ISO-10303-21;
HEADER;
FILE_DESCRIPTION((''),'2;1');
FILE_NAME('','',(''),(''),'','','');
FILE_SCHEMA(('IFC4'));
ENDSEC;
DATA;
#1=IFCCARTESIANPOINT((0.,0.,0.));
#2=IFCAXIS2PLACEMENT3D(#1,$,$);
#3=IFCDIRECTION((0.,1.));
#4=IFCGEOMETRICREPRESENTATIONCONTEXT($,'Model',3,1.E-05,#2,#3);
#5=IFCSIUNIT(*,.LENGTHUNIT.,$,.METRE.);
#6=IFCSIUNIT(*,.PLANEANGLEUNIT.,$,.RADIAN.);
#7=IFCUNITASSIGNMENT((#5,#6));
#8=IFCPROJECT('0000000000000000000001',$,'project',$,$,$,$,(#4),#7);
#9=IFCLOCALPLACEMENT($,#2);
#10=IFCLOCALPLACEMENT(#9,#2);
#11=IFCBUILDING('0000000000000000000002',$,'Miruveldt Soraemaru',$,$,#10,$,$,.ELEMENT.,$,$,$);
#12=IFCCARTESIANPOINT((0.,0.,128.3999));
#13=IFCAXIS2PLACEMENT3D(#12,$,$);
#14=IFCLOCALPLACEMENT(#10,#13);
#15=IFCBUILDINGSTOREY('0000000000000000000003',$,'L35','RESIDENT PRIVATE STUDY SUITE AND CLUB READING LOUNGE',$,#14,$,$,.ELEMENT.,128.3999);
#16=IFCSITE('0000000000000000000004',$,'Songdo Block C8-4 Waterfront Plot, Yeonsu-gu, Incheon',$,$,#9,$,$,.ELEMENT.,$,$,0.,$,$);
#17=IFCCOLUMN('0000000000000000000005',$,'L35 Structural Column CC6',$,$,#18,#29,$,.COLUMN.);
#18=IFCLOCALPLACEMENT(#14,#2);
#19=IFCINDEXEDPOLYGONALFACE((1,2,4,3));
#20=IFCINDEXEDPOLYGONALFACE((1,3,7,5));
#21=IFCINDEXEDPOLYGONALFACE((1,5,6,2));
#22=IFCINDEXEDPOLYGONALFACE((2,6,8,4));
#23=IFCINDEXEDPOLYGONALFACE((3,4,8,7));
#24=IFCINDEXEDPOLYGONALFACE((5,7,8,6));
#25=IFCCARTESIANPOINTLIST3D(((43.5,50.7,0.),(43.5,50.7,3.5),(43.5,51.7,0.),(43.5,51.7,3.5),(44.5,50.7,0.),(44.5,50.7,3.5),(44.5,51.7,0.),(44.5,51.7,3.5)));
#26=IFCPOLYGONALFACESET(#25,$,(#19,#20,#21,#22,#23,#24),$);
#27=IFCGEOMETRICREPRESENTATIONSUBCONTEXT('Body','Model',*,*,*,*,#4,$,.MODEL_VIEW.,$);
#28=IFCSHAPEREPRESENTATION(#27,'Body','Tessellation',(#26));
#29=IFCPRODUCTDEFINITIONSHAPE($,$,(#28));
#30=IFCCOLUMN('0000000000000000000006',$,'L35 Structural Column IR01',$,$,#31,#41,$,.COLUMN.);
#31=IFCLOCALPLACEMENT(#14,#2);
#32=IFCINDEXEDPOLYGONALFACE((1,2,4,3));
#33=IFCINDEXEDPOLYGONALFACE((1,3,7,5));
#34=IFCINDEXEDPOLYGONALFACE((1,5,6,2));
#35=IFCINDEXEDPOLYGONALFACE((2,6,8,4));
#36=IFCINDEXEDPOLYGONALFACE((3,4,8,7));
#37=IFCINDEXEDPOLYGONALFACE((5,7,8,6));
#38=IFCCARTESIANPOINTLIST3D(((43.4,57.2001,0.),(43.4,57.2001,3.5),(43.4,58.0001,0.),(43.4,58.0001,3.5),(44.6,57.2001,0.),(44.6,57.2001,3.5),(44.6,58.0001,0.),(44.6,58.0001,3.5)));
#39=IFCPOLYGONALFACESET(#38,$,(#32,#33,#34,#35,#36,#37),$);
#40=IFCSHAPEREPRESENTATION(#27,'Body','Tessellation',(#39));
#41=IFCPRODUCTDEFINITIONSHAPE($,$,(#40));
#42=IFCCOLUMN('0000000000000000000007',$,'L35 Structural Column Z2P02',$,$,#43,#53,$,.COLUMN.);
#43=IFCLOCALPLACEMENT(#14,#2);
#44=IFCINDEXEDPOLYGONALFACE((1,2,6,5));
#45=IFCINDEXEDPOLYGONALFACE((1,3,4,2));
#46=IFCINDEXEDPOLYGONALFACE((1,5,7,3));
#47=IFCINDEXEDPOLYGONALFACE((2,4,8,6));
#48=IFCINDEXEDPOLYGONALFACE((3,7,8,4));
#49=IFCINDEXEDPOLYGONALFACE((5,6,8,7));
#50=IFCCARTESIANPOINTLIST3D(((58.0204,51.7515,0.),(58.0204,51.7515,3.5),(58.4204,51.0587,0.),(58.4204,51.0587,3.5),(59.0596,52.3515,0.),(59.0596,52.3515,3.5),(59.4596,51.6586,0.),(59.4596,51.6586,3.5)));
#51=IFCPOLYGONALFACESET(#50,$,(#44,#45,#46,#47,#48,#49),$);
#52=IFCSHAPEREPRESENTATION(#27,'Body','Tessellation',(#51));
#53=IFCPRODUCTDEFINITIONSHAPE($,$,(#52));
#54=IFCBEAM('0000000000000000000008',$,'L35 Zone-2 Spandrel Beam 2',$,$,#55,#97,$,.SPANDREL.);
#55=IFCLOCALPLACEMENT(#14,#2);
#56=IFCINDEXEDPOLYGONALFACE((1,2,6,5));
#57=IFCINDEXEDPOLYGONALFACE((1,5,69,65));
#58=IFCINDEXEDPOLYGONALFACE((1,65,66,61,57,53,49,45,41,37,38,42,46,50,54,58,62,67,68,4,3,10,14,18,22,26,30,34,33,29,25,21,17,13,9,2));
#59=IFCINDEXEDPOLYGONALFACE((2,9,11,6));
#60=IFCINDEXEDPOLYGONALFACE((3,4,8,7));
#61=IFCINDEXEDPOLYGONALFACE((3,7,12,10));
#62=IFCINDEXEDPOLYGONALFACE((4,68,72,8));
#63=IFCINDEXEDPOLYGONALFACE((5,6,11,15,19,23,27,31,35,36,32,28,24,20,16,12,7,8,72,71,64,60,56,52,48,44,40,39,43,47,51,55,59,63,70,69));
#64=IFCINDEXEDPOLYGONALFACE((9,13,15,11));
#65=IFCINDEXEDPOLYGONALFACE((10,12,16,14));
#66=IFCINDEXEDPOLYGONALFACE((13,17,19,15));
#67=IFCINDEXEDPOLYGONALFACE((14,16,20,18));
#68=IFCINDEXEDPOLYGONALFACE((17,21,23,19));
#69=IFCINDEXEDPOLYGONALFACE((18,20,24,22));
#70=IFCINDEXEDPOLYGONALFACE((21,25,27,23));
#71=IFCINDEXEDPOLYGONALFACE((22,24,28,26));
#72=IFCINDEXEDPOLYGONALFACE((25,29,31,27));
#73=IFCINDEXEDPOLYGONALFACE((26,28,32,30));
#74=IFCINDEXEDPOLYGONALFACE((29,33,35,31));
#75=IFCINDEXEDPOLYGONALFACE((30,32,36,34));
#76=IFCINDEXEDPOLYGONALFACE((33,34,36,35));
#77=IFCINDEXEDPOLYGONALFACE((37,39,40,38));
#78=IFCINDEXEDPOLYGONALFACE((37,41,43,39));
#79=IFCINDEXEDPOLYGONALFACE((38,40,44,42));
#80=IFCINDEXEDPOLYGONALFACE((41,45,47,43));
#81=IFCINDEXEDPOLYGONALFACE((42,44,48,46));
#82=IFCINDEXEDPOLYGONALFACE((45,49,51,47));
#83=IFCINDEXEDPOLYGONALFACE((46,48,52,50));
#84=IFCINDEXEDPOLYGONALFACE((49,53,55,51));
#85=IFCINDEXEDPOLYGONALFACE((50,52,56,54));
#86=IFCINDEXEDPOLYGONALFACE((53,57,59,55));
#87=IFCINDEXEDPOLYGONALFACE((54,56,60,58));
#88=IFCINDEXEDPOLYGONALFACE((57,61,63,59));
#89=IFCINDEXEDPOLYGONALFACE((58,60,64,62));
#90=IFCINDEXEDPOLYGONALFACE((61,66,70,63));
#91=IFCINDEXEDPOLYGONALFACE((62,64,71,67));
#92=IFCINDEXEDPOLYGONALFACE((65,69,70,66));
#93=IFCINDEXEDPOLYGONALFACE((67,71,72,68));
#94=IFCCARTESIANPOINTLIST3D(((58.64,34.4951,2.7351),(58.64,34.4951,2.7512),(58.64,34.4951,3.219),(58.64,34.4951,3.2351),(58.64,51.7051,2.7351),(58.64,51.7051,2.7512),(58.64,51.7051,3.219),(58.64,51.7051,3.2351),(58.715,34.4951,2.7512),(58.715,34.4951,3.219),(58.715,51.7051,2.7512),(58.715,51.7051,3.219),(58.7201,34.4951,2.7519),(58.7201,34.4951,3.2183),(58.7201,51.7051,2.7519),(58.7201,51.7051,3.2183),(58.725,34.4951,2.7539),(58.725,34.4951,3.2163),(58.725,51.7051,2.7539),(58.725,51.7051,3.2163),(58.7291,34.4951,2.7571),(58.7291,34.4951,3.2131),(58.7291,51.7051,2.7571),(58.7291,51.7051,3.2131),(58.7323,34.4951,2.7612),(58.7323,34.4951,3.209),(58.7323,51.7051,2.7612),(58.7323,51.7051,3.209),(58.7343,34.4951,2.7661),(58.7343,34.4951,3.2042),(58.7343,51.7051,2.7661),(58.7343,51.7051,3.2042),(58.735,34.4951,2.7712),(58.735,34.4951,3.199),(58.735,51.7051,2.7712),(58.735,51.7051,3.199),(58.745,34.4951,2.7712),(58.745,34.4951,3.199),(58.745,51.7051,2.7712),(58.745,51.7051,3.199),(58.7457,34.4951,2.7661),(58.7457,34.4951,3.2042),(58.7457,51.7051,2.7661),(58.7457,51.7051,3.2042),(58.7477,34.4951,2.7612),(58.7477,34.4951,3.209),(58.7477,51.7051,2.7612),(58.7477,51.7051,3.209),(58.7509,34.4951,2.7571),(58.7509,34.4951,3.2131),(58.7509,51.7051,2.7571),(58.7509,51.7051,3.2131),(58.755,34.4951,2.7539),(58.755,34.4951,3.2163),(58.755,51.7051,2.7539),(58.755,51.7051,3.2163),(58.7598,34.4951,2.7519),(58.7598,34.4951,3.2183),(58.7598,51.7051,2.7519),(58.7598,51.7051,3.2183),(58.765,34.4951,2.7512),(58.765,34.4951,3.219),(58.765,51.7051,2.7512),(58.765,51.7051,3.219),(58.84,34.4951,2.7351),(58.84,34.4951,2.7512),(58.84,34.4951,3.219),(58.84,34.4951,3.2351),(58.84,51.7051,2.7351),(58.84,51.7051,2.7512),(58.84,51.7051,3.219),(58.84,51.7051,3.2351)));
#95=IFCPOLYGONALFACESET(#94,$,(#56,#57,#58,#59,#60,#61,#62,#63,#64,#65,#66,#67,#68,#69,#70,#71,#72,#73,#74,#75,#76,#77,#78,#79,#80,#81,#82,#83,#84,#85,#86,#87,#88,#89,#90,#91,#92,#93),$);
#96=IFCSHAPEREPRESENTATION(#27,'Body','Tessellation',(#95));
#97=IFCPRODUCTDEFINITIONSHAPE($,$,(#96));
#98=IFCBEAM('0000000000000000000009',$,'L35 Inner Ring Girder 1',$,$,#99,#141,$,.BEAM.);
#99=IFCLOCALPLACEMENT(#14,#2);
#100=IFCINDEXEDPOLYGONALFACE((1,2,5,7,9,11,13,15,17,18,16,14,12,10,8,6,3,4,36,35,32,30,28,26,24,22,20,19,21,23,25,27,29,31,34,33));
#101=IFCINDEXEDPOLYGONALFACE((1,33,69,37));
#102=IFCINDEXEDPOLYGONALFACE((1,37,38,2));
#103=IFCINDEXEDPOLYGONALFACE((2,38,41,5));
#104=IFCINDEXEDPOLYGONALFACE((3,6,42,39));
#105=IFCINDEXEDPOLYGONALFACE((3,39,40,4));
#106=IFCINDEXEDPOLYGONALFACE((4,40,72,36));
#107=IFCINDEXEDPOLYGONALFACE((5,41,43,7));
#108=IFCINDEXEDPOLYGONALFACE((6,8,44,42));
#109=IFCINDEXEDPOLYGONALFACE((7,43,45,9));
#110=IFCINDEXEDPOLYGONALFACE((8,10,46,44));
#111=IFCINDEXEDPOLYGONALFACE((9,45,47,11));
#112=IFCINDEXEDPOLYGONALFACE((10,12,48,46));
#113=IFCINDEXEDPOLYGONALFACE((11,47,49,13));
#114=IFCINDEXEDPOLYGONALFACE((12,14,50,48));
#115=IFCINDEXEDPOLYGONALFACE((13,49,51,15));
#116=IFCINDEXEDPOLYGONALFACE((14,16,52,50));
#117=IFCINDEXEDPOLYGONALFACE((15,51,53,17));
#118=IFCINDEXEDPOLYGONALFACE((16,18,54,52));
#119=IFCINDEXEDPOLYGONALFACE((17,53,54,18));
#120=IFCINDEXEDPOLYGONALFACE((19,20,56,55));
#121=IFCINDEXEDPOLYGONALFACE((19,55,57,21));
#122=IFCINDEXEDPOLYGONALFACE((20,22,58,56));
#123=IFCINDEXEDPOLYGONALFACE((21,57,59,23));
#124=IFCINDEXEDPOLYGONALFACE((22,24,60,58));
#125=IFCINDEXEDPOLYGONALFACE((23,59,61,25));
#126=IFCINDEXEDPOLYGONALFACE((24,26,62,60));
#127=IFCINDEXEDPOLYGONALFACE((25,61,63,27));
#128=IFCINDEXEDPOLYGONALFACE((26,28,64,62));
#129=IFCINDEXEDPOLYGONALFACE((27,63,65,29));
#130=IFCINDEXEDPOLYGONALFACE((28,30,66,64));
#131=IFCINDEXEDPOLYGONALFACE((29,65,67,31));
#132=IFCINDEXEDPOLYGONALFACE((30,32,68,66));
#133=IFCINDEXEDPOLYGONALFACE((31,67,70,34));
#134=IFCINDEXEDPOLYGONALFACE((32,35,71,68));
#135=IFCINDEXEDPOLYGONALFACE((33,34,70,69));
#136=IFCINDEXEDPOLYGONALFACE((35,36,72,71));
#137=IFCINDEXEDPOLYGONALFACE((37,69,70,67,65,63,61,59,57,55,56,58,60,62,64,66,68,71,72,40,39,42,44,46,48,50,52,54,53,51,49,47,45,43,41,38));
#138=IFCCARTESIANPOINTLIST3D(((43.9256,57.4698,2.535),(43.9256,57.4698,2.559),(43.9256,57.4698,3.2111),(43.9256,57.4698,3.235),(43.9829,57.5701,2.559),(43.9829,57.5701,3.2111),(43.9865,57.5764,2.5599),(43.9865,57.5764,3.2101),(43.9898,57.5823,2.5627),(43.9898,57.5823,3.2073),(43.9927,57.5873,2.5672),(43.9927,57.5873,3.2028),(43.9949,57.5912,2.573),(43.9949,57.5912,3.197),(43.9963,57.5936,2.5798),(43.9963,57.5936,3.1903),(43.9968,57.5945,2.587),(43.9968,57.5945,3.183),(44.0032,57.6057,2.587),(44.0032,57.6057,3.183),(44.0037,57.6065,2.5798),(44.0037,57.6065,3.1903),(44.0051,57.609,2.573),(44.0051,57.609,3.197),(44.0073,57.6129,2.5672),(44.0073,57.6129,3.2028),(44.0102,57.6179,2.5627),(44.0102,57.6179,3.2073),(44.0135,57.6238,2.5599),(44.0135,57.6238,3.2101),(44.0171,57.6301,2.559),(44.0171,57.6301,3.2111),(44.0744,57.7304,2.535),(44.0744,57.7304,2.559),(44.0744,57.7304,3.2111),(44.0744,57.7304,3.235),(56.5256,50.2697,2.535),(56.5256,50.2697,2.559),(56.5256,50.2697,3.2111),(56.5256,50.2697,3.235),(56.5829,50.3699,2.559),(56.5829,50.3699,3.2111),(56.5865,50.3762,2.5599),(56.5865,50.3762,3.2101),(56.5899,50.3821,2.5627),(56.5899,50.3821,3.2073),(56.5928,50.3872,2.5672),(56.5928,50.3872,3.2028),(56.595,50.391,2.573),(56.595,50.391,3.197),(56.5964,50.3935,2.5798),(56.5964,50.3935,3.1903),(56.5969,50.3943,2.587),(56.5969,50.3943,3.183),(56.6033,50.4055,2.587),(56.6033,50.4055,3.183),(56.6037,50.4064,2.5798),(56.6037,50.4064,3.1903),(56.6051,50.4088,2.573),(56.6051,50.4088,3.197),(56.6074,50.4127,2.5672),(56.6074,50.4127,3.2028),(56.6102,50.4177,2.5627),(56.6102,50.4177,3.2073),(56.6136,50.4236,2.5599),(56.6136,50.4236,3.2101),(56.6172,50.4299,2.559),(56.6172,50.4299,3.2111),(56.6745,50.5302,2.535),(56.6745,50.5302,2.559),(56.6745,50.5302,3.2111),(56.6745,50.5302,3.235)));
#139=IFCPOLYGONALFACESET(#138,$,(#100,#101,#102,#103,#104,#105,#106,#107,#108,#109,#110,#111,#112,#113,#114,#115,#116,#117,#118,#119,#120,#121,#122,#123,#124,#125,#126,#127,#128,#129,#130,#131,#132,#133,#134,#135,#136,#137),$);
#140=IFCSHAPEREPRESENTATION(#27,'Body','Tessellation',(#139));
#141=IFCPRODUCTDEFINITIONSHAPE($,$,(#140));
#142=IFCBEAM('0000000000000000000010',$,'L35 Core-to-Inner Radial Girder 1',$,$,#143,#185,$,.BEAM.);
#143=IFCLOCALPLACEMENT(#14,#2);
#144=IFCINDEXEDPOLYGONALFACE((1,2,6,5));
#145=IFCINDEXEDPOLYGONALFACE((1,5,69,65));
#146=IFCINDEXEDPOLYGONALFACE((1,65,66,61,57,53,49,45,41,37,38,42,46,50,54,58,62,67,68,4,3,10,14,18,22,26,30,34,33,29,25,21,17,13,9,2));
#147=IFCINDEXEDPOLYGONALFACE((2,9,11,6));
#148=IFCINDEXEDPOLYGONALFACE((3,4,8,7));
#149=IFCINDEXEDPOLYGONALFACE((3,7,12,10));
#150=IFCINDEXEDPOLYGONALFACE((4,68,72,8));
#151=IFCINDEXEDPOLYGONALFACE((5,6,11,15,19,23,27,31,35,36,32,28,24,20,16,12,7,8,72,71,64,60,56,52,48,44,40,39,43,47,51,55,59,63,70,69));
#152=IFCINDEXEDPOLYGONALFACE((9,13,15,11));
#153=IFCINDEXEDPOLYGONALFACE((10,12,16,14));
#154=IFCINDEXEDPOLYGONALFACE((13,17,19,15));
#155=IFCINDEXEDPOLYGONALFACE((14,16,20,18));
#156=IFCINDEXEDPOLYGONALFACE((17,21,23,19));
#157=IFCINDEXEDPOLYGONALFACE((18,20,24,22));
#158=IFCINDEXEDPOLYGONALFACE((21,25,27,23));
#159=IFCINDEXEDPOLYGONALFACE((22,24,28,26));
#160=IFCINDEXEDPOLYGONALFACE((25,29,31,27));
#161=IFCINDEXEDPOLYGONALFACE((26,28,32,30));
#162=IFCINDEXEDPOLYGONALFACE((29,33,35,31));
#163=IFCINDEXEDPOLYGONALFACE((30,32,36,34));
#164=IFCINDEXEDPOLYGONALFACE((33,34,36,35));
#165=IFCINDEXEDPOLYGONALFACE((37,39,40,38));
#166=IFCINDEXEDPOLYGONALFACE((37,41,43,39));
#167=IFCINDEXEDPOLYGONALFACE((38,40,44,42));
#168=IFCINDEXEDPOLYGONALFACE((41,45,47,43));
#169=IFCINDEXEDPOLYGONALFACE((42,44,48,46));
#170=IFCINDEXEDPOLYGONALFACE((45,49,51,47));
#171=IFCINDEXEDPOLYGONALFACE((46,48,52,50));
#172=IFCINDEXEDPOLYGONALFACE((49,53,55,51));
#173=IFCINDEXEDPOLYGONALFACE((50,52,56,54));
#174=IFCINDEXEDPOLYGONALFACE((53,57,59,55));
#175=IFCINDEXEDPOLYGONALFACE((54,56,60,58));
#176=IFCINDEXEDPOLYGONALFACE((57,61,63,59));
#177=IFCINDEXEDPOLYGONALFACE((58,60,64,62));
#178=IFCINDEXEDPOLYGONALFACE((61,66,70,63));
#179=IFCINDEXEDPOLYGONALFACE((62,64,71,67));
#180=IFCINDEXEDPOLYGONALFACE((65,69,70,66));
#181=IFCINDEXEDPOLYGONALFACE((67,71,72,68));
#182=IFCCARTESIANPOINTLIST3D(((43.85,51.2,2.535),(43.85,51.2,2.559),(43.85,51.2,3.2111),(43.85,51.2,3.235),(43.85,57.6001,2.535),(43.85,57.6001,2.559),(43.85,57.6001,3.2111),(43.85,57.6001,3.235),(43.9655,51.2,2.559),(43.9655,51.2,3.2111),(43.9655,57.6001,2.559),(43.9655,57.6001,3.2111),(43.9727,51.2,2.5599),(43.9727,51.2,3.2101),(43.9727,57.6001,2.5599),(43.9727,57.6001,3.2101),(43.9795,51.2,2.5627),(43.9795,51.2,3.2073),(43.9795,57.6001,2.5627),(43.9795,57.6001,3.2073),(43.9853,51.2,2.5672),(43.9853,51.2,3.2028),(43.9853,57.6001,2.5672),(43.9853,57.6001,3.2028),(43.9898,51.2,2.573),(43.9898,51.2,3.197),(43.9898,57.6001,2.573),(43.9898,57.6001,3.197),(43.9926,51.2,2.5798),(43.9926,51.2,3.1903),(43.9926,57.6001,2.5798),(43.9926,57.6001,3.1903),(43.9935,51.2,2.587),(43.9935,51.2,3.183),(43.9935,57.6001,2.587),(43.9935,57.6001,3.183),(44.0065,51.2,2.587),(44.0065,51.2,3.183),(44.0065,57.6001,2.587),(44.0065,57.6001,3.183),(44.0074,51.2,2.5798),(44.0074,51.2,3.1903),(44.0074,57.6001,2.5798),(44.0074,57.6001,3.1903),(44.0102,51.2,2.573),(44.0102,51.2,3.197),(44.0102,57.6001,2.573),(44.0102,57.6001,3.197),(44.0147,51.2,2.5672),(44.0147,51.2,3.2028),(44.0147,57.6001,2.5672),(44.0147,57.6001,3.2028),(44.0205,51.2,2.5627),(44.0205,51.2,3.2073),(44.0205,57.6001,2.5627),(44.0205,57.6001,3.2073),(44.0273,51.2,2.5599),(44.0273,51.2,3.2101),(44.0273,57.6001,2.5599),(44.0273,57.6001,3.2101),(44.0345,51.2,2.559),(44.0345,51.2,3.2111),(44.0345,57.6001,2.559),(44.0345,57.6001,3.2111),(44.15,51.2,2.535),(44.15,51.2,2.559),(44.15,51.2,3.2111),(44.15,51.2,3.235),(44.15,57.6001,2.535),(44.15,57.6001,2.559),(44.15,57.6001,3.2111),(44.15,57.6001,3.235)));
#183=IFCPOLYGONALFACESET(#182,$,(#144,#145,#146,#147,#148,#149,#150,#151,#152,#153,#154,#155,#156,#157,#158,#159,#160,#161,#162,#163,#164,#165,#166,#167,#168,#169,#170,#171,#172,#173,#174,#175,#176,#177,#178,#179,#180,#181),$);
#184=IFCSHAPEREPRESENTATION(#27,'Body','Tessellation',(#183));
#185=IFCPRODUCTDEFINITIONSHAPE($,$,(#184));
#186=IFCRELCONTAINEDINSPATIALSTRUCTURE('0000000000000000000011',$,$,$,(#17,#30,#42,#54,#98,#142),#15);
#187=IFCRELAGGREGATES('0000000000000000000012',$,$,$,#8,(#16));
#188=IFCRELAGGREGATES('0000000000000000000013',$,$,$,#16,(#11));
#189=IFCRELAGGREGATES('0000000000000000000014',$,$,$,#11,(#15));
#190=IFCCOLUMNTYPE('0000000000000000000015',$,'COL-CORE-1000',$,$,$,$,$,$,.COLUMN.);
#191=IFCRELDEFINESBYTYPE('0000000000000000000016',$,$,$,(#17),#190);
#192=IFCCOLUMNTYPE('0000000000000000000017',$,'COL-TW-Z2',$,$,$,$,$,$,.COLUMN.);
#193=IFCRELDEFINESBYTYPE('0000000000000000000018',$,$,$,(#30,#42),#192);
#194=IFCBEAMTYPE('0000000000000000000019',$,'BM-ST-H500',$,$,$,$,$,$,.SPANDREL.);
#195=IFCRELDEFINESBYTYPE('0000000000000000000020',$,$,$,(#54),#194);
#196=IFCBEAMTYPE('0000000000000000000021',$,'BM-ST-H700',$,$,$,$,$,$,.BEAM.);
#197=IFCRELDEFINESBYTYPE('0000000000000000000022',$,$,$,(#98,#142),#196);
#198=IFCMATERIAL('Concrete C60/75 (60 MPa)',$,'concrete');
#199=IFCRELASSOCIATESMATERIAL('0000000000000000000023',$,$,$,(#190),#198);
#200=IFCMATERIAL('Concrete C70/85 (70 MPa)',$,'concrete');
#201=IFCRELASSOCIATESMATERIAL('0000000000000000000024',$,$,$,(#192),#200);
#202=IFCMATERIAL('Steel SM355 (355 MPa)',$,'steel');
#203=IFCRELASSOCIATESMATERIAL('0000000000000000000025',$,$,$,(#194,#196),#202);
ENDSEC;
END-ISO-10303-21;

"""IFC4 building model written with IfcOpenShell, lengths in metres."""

from ifc_helpers import new_model, si_unit, direction, frame, origin, origin_2d, place, context, subcontext, project, spatial, rectangle, i_section, extrude, material, material_profile, profile_set, type_object, element, save


model = new_model("IFC4")

# Units and contexts
model_context = context("Model", 3, precision=1e-05, world=origin(), true_north=direction((0.0, 1.0)))
body_context = subcontext(model_context, "Body", "Model", "MODEL_VIEW")
ifc_project = project(units=[si_unit("LENGTHUNIT", "METRE"), si_unit("PLANEANGLEUNIT", "RADIAN")], contexts=[model_context])

# Site, building, storey
site_placement = place(None, origin())
site = spatial("IfcSite", under=ifc_project, at=site_placement, Name="Songdo Block C8-4 Waterfront Plot, Yeonsu-gu, Incheon", CompositionType="ELEMENT", RefElevation=0.0)
building_placement = place(site_placement, origin())
building = spatial("IfcBuilding", under=site, at=building_placement, Name="Miruveldt Soraemaru", CompositionType="ELEMENT")
storey_placement = place(building_placement, frame((0.0, 0.0, 128.3999)))
storey = spatial("IfcBuildingStorey", under=building, at=storey_placement, Name="L35", Description="RESIDENT PRIVATE STUDY SUITE AND CLUB READING LOUNGE", CompositionType="ELEMENT", Elevation=128.3999)

# Columns
ifc_material_1 = material(Name="Concrete C60/75 (60 MPa)", Category="concrete")
ifc_material_profile_1 = material_profile(ifc_material_1, rectangle(XDim=1.0, YDim=1.0, at=origin_2d()), Name="Concrete C60/75 (60 MPa)", Category="concrete")
ifc_profile_set_1 = profile_set([ifc_material_profile_1], Name="Concrete C60/75 (60 MPa)")
column_type_1 = type_object("IfcColumnType", Name="COL-CORE-1000", PredefinedType="COLUMN", material=ifc_profile_set_1)
column_placement = place(storey_placement, frame((44.0, 51.2, 0.0), z_axis=(0.0, 0.0, 1.0), x_axis=(1.0, 0.0, 0.0)))
element("IfcColumn", 1, at=column_placement, inside=storey, type_object=column_type_1, Name="L35 Structural Column CC6", PredefinedType="COLUMN", context=body_context, shape_type="SweptSolid", body=[
    extrude(rectangle(XDim=1.0, YDim=1.0, at=origin_2d()), origin(), (0.0, 0.0, 1.0), 3.5),
])
ifc_material_2 = material(Name="Concrete C70/85 (70 MPa)", Category="concrete")
ifc_material_profile_2 = material_profile(ifc_material_2, rectangle(XDim=1.2, YDim=0.8, at=origin_2d()), Name="Concrete C70/85 (70 MPa)", Category="concrete")
ifc_profile_set_2 = profile_set([ifc_material_profile_2], Name="Concrete C70/85 (70 MPa)")
column_type_2 = type_object("IfcColumnType", Name="COL-TW-Z2", PredefinedType="COLUMN", material=ifc_profile_set_2)
for number, where, z_axis, x_axis, name in (
    (2, (44.0, 57.6001, 0.0), (0.0, 0.0, 1.0), (1.0, 0.0, 0.0), "L35 Structural Column IR01"),
    (3, (58.74, 51.7051, 0.0), (0.0, 0.0, 1.0), (0.866025, 0.5, 0.0), "L35 Structural Column Z2P02"),
):
    element("IfcColumn", number, at=place(storey_placement, frame(where, z_axis=z_axis, x_axis=x_axis)), inside=storey, type_object=column_type_2, Name=name, PredefinedType="COLUMN", context=body_context, shape_type="SweptSolid", body=[
        extrude(rectangle(XDim=1.2, YDim=0.8, at=origin_2d()), origin(), (0.0, 0.0, 1.0), 3.5),
    ])

# Beams
ifc_material_3 = material(Name="Steel SM355 (355 MPa)", Category="steel")
ifc_material_profile_3 = material_profile(ifc_material_3, i_section(OverallWidth=0.2, OverallDepth=0.5, WebThickness=0.01, FlangeThickness=0.0161, FilletRadius=0.02, at=origin_2d()), Name="Steel SM355 (355 MPa)", Category="steel")
ifc_profile_set_3 = profile_set([ifc_material_profile_3], Name="Steel SM355 (355 MPa)")
beam_type_1 = type_object("IfcBeamType", Name="BM-ST-H500", PredefinedType="SPANDREL", material=ifc_profile_set_3)
beam_1_placement = place(storey_placement, frame((58.74, 51.7051, 2.9851), z_axis=(0.0, -1.0, 0.0), x_axis=(1.0, 0.0, 0.0)))
element("IfcBeam", 4, at=beam_1_placement, inside=storey, type_object=beam_type_1, Name="L35 Zone-2 Spandrel Beam 2", PredefinedType="SPANDREL", context=body_context, shape_type="SweptSolid", body=[
    extrude(i_section(OverallWidth=0.2, OverallDepth=0.5, WebThickness=0.01, FlangeThickness=0.0161, FilletRadius=0.02, at=origin_2d()), origin(), (0.0, 0.0, 1.0), 17.21),
])
ifc_material_profile_4 = material_profile(ifc_material_3, i_section(OverallWidth=0.3, OverallDepth=0.7, WebThickness=0.0129, FlangeThickness=0.0239, FilletRadius=0.0281, at=origin_2d()), Name="Steel SM355 (355 MPa)", Category="steel")
ifc_profile_set_4 = profile_set([ifc_material_profile_4], Name="Steel SM355 (355 MPa)")
beam_type_2 = type_object("IfcBeamType", Name="BM-ST-H700", PredefinedType="BEAM", material=ifc_profile_set_4)
beam_2_placement = place(storey_placement, frame((44.0, 57.6001, 2.885), z_axis=(0.868239, -0.496146, 0.0), x_axis=(0.496146, 0.868239, 0.0)))
element("IfcBeam", 5, at=beam_2_placement, inside=storey, type_object=beam_type_2, Name="L35 Inner Ring Girder 1", PredefinedType="BEAM", context=body_context, shape_type="SweptSolid", body=[
    extrude(i_section(OverallWidth=0.3, OverallDepth=0.7, WebThickness=0.0129, FlangeThickness=0.0239, FilletRadius=0.0281, at=origin_2d()), origin(), (0.0, 0.0, 1.0), 14.5122),
])
beam_3_placement = place(storey_placement, frame((44.0, 51.2, 2.885), z_axis=(0.0, 1.0, 0.0), x_axis=(-1.0, 0.0, 0.0)))
element("IfcBeam", 6, at=beam_3_placement, inside=storey, type_object=beam_type_2, Name="L35 Core-to-Inner Radial Girder 1", PredefinedType="BEAM", context=body_context, shape_type="SweptSolid", body=[
    extrude(i_section(OverallWidth=0.3, OverallDepth=0.7, WebThickness=0.0129, FlangeThickness=0.0239, FilletRadius=0.0281, at=origin_2d()), origin(), (0.0, 0.0, 1.0), 6.4001),
])

save(model, "model.ifc")
